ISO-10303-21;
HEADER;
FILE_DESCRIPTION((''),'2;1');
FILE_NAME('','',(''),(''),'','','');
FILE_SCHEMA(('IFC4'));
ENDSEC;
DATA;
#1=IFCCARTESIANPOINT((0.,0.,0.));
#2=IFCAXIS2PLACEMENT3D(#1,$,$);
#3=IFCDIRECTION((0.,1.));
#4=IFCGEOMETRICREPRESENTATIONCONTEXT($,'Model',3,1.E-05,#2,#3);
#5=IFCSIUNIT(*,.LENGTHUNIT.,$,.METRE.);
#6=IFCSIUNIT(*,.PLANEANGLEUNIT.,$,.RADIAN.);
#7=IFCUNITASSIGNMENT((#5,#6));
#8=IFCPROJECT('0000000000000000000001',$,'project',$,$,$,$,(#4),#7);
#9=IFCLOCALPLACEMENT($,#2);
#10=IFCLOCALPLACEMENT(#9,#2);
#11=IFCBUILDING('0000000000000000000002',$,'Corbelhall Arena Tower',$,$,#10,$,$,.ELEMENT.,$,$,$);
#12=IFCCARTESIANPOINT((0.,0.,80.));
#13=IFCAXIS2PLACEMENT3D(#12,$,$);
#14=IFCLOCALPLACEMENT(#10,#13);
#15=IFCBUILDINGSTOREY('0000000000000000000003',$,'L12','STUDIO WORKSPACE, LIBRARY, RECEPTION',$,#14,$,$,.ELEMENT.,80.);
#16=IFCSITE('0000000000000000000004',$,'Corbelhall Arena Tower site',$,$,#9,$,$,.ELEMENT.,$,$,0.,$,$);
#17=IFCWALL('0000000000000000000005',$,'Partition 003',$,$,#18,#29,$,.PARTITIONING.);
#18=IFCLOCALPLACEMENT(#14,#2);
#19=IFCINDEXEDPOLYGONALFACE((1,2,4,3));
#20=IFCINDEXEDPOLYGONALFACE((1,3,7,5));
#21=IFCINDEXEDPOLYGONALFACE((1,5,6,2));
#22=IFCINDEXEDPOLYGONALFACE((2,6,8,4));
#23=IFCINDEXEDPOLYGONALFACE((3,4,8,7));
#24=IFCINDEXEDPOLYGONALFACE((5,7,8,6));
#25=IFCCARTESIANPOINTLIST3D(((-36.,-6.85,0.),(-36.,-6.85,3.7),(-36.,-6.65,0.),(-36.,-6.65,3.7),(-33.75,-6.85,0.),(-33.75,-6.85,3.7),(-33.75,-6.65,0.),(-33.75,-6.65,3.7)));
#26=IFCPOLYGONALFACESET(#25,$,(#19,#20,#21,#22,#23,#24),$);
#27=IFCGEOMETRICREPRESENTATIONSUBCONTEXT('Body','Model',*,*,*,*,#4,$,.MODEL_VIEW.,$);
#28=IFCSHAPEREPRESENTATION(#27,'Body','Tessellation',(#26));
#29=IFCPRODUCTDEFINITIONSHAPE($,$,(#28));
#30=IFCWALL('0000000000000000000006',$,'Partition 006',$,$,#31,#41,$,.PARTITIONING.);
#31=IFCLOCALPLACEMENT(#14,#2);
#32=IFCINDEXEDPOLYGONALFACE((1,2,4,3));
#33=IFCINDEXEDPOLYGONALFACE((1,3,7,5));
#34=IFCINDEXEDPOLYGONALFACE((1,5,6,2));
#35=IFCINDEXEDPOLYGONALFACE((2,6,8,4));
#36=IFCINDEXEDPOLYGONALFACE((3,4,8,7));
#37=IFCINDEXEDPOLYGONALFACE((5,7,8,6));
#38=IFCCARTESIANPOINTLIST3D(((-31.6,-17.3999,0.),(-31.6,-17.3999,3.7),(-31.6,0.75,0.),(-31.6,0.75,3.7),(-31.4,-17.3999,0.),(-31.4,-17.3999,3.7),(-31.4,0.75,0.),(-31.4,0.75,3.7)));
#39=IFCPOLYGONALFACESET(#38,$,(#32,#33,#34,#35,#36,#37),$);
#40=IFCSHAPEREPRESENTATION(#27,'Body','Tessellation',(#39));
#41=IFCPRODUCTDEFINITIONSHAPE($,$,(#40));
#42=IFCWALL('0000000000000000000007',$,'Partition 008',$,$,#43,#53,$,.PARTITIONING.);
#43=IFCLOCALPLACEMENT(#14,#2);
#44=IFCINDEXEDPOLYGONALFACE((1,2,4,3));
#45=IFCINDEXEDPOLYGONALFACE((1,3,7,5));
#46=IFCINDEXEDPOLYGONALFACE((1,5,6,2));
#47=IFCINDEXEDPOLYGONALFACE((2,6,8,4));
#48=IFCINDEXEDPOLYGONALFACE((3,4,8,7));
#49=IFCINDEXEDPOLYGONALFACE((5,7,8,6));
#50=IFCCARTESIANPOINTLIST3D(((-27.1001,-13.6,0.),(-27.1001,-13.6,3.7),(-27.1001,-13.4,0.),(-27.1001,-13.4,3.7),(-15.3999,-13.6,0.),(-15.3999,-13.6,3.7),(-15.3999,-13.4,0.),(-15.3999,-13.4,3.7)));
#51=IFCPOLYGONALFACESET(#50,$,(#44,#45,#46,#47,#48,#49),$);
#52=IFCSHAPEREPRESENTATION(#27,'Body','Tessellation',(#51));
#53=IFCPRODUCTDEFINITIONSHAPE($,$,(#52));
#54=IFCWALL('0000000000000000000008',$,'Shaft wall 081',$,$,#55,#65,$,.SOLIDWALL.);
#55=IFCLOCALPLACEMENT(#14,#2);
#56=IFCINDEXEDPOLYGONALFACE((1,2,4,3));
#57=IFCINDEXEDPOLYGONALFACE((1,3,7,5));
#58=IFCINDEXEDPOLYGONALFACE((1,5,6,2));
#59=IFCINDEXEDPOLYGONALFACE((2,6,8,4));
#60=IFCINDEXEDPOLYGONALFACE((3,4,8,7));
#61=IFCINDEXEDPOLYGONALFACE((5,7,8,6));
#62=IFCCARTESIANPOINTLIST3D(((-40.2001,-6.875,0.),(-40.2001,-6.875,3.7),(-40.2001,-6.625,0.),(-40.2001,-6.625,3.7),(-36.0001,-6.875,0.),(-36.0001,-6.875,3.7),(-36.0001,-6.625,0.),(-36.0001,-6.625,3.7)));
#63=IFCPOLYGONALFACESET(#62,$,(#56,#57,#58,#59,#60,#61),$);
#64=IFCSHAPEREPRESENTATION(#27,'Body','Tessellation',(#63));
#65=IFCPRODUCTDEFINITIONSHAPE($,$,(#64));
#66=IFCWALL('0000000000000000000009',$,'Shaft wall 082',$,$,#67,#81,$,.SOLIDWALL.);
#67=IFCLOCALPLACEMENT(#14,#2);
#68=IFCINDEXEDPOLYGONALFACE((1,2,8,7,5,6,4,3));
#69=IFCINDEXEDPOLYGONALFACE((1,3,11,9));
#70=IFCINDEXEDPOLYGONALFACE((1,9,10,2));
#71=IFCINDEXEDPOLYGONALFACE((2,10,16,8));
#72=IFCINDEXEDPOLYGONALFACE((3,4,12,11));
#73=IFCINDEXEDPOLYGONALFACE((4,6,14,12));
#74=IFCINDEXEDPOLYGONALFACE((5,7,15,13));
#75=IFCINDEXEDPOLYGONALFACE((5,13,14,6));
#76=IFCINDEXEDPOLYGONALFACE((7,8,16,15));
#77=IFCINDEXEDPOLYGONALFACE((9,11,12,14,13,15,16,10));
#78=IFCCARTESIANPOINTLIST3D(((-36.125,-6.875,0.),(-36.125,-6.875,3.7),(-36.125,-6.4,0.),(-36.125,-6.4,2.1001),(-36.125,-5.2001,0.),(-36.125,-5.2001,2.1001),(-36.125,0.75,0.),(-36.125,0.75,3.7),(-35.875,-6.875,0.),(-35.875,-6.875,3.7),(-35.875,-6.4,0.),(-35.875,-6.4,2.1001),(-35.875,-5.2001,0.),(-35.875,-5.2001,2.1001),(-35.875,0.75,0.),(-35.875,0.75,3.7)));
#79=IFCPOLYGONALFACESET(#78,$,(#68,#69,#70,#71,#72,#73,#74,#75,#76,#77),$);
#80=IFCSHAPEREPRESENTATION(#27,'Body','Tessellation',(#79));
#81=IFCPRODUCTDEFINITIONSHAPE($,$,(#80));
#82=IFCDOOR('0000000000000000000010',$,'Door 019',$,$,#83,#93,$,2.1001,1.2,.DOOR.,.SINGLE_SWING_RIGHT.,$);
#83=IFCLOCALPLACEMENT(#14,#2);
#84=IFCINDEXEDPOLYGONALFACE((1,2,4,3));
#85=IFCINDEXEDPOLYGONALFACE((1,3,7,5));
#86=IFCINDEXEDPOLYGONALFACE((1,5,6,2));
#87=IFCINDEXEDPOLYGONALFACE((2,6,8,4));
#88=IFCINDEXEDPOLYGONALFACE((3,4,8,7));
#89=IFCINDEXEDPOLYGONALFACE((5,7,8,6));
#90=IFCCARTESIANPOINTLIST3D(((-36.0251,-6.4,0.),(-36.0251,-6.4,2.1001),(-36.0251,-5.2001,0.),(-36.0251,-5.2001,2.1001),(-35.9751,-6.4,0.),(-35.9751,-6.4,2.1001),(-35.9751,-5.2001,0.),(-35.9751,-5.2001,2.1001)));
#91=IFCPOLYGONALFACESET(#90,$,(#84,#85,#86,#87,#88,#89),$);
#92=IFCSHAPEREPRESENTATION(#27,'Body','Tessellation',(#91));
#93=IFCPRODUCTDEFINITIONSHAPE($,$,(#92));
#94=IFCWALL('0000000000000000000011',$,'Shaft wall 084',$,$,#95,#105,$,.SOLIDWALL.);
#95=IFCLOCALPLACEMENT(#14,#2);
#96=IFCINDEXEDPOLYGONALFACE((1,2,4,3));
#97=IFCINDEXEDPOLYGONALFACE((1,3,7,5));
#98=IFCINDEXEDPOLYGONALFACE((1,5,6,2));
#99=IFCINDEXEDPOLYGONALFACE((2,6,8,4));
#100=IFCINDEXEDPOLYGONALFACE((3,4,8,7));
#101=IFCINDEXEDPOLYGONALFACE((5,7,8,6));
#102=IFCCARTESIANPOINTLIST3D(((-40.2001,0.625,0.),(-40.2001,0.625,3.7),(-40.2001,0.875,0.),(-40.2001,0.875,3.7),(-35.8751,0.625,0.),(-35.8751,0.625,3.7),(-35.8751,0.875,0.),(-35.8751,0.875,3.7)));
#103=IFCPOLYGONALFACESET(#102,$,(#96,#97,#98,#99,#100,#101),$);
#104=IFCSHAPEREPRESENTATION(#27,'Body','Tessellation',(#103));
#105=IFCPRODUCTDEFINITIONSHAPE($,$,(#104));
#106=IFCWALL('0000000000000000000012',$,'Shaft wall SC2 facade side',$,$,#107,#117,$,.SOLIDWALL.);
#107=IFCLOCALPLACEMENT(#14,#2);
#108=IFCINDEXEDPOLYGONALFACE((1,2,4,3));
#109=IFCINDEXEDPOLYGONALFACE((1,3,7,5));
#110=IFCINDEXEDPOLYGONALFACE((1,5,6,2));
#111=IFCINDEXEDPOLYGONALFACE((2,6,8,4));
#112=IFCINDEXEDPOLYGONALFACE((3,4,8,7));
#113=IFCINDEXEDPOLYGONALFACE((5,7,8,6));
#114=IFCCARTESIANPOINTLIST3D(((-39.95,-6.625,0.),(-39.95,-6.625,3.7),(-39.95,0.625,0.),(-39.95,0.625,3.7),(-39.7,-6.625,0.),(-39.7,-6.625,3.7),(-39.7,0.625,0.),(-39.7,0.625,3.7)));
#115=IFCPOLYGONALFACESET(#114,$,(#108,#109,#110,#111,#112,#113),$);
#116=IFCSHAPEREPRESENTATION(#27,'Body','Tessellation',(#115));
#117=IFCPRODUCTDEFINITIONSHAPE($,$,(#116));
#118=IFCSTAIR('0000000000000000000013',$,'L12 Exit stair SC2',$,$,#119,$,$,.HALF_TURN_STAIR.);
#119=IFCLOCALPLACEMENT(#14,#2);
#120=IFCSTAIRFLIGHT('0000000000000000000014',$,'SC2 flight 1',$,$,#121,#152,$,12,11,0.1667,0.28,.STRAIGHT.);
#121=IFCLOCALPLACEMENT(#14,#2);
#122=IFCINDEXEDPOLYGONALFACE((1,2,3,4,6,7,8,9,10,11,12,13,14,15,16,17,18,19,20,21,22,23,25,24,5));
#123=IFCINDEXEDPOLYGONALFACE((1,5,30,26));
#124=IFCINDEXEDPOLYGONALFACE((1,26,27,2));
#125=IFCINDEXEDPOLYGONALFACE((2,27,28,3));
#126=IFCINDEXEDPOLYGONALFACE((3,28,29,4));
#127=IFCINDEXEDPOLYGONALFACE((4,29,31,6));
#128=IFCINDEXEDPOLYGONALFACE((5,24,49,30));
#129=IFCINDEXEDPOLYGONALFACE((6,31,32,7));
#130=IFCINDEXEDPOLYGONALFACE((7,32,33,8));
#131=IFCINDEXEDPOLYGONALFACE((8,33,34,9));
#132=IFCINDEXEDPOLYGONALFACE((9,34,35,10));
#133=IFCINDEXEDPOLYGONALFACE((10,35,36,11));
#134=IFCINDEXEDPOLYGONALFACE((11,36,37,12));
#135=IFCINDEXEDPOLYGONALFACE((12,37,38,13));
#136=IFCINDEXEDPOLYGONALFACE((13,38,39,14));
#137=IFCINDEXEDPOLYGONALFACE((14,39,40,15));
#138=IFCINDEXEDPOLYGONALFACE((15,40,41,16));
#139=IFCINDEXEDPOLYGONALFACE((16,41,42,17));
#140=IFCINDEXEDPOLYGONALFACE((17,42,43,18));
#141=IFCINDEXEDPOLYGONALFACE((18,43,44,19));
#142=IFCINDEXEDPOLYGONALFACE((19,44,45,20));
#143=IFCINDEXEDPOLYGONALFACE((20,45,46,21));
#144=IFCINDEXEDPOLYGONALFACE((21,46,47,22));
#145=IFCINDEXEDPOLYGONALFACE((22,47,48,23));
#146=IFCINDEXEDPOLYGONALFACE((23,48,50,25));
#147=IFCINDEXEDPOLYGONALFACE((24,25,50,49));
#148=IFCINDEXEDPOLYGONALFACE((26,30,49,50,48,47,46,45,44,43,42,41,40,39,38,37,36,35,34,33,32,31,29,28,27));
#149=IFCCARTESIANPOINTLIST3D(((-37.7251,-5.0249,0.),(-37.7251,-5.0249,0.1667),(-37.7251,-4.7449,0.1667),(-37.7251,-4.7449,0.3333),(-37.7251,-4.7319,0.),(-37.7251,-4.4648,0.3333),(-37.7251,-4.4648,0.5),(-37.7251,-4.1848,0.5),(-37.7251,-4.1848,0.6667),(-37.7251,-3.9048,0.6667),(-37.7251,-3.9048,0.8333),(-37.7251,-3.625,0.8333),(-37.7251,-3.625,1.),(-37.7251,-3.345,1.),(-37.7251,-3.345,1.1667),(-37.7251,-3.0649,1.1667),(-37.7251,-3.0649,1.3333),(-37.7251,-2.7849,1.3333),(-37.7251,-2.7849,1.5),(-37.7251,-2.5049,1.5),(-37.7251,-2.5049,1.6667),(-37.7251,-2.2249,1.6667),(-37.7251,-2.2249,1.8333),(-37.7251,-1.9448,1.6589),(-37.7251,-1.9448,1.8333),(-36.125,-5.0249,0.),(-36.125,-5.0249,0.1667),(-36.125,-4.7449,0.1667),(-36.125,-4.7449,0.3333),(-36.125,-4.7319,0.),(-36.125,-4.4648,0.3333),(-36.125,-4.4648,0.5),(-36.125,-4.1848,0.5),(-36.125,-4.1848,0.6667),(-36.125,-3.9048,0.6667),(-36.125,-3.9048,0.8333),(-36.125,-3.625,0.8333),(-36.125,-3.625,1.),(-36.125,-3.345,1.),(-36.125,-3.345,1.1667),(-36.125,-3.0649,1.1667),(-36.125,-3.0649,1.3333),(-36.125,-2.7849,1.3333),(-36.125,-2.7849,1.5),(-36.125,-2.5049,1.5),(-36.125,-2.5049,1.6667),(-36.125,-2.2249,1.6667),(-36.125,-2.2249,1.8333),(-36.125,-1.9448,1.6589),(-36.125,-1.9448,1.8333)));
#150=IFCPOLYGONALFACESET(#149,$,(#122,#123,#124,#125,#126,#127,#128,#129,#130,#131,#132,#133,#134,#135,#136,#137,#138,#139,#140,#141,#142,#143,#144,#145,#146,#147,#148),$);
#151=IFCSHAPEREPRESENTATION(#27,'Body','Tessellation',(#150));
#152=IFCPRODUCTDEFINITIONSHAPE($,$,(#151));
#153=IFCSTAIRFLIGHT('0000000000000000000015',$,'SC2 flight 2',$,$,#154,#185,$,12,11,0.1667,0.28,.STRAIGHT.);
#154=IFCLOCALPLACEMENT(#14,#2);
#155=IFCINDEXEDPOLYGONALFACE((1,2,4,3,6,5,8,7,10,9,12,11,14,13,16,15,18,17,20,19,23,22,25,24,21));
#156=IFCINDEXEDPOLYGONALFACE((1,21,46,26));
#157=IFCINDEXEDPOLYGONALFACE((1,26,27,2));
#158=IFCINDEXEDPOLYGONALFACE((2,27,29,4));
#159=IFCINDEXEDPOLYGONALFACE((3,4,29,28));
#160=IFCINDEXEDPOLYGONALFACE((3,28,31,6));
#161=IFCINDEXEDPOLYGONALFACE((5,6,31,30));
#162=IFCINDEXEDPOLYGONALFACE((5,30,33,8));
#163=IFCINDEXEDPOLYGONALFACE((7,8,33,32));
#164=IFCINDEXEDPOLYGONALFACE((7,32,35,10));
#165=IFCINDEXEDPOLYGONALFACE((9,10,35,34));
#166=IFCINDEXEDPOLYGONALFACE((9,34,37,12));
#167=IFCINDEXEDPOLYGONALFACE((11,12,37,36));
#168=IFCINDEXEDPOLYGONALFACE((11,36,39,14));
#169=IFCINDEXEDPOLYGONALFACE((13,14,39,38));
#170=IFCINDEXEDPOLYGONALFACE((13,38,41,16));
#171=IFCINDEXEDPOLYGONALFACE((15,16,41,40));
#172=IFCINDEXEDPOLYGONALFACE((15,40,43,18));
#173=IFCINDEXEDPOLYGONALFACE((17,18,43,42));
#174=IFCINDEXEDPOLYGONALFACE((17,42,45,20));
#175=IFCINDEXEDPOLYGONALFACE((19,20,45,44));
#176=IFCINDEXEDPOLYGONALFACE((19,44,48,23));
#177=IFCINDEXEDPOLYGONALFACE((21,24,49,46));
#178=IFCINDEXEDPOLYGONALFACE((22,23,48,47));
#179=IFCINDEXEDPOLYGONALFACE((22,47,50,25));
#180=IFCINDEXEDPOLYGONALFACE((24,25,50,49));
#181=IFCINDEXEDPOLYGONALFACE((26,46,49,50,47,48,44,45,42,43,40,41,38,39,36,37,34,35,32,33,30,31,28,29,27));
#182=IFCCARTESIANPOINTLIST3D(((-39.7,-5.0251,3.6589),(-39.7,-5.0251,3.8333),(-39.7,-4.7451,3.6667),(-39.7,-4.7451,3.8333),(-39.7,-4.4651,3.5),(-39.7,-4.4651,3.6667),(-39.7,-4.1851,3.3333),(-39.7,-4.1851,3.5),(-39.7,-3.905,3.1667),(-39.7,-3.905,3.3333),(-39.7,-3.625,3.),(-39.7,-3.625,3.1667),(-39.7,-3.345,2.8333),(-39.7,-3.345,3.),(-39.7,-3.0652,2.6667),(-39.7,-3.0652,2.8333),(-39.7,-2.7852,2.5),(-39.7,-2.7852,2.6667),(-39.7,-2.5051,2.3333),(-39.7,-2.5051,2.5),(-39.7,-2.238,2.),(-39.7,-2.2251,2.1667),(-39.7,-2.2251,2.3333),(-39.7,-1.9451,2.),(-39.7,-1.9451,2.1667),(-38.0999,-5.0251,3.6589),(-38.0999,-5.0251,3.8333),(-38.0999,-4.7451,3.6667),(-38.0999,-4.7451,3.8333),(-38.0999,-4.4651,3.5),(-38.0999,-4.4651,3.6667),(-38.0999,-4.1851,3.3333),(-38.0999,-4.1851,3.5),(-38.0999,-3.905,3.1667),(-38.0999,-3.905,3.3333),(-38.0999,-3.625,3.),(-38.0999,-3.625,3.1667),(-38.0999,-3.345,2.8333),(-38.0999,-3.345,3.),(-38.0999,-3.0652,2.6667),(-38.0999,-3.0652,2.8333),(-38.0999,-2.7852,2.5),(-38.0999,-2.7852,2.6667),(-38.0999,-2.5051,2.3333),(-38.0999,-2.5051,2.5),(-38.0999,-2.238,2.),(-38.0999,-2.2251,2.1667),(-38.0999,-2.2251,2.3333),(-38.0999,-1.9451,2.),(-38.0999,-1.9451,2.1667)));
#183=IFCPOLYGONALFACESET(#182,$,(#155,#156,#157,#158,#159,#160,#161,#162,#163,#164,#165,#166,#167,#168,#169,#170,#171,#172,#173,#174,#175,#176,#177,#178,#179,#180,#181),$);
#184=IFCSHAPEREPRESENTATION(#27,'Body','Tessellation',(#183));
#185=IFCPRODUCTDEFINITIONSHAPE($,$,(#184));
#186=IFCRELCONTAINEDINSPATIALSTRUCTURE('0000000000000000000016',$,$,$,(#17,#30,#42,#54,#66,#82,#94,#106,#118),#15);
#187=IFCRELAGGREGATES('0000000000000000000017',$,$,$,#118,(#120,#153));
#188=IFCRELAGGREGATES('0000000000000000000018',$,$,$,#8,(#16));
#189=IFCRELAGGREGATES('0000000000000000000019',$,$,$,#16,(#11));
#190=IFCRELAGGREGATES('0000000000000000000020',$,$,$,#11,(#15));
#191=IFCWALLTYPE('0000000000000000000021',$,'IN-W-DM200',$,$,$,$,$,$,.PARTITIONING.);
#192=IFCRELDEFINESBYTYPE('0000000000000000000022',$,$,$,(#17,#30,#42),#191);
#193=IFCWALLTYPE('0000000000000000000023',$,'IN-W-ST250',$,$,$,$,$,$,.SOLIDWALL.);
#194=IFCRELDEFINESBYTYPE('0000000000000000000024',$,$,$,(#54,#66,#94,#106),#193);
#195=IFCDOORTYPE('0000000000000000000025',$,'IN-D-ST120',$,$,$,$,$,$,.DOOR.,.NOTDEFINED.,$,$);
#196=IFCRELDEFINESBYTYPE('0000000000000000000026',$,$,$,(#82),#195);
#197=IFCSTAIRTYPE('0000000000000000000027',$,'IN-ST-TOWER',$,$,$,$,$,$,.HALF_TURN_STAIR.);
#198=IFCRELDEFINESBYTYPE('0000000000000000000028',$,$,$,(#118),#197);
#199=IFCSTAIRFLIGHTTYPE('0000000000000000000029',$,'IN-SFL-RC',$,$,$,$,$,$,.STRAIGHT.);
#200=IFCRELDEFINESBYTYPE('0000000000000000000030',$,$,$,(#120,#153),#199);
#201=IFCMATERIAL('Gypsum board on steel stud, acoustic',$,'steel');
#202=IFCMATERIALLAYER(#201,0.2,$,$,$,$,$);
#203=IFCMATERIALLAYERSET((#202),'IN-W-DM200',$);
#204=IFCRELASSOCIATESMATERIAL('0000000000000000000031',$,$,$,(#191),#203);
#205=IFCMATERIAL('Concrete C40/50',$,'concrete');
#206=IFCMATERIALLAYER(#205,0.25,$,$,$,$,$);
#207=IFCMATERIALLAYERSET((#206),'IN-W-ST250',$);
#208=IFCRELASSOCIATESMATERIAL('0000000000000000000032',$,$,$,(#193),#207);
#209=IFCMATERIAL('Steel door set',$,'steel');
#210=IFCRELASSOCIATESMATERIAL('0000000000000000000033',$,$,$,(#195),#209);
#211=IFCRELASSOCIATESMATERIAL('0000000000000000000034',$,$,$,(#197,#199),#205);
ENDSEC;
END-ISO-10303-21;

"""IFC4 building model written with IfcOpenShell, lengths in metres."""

from ifc_helpers import new_model, si_unit, direction, frame, frame_2d, origin, place, context, subcontext, project, spatial, polyline, rectangle, outline, extrude, material, layer, layer_set, type_object, element, fill, aggregate, save


model = new_model("IFC4")

# Units and contexts
model_context = context("Model", 3, precision=1e-05, world=origin(), true_north=direction((0.0, 1.0)))
body_context = subcontext(model_context, "Body", "Model", "MODEL_VIEW")
ifc_project = project(units=[si_unit("LENGTHUNIT", "METRE"), si_unit("PLANEANGLEUNIT", "RADIAN")], contexts=[model_context])

# Site, building, storey
site_placement = place(None, origin())
site = spatial("IfcSite", under=ifc_project, at=site_placement, Name="Corbelhall Arena Tower site", CompositionType="ELEMENT", RefElevation=0.0)
building_placement = place(site_placement, origin())
building = spatial("IfcBuilding", under=site, at=building_placement, Name="Corbelhall Arena Tower", CompositionType="ELEMENT")
storey_placement = place(building_placement, frame((0.0, 0.0, 80.0)))
storey = spatial("IfcBuildingStorey", under=building, at=storey_placement, Name="L12", Description="STUDIO WORKSPACE, LIBRARY, RECEPTION", CompositionType="ELEMENT", Elevation=80.0)

# Wall
ifc_material_1 = material(Name="Gypsum board on steel stud, acoustic", Category="steel")
ifc_layer_1 = layer(ifc_material_1, 0.2)
ifc_layer_set_1 = layer_set([ifc_layer_1], Name="IN-W-DM200")
wall_type_1 = type_object("IfcWallType", Name="IN-W-DM200", PredefinedType="PARTITIONING", material=ifc_layer_set_1)
wall_1_placement = place(storey_placement, frame((-33.75, -6.75, 0.0), z_axis=(0.0, 0.0, 1.0), x_axis=(-1.0, 0.0, 0.0)))
element("IfcWall", 1, at=wall_1_placement, inside=storey, type_object=wall_type_1, Name="Partition 003", PredefinedType="PARTITIONING", context=body_context, shape_type="SweptSolid", body=[
    extrude(rectangle(XDim=2.25, YDim=0.2, at=frame_2d((1.125, 0.0))), origin(), (0.0, 0.0, 1.0), 3.7),
])

# Shared definitions
ifc_material_2 = material(Name="Steel door set", Category="steel")

# Walls
wall_2_placement = place(storey_placement, frame((-31.5, 0.75, 0.0), z_axis=(0.0, 0.0, 1.0), x_axis=(0.0, -1.0, 0.0)))
element("IfcWall", 2, at=wall_2_placement, inside=storey, type_object=wall_type_1, Name="Partition 006", PredefinedType="PARTITIONING", context=body_context, shape_type="SweptSolid", body=[
    extrude(rectangle(XDim=18.1499, YDim=0.2, at=frame_2d((9.075, 0.0))), origin(), (0.0, 0.0, 1.0), 3.7),
])
wall_3_placement = place(storey_placement, frame((-27.1001, -13.5, 0.0), z_axis=(0.0, 0.0, 1.0), x_axis=(1.0, 0.0, 0.0)))
element("IfcWall", 3, at=wall_3_placement, inside=storey, type_object=wall_type_1, Name="Partition 008", PredefinedType="PARTITIONING", context=body_context, shape_type="SweptSolid", body=[
    extrude(rectangle(XDim=11.7002, YDim=0.2, at=frame_2d((5.8501, 0.0))), origin(), (0.0, 0.0, 1.0), 3.7),
])
ifc_material_3 = material(Name="Concrete C40/50", Category="concrete")
ifc_layer_2 = layer(ifc_material_3, 0.25)
ifc_layer_set_2 = layer_set([ifc_layer_2], Name="IN-W-ST250")
wall_type_2 = type_object("IfcWallType", Name="IN-W-ST250", PredefinedType="SOLIDWALL", material=ifc_layer_set_2)
wall_4_placement = place(storey_placement, frame((-36.0, -6.75, 0.0), z_axis=(0.0, 0.0, 1.0), x_axis=(-1.0, 0.0, 0.0)))
element("IfcWall", 4, at=wall_4_placement, inside=storey, type_object=wall_type_2, Name="Shaft wall 081", PredefinedType="SOLIDWALL", context=body_context, shape_type="SweptSolid", body=[
    extrude(rectangle(XDim=4.2, YDim=0.25, at=frame_2d((2.1001, 0.0))), origin(), (0.0, 0.0, 1.0), 3.7),
])

# Wall, opening, door
wall_5_placement = place(storey_placement, frame((-36.0, 0.75, 0.0), z_axis=(0.0, 0.0, 1.0), x_axis=(0.0, -1.0, 0.0)))
wall_5 = element("IfcWall", 5, at=wall_5_placement, inside=storey, type_object=wall_type_2, Name="Shaft wall 082", PredefinedType="SOLIDWALL", context=body_context, shape_type="SweptSolid", body=[
    extrude(rectangle(XDim=7.625, YDim=0.25, at=frame_2d((3.8125, 0.0))), origin(), (0.0, 0.0, 1.0), 3.7),
])
opening_1_placement = place(wall_5_placement, frame((5.95, 0.0, 0.0)))
opening_1 = element("IfcOpeningElement", 6, at=opening_1_placement, cuts=wall_5, PredefinedType="OPENING", context=body_context, shape_type="SweptSolid", body=[
    extrude(rectangle(XDim=1.2, YDim=2.1001, at=frame_2d((0.6001, 1.05))), frame((0.0, 0.125, 0.0), z_axis=(0.0, -1.0, 0.0), x_axis=(1.0, 0.0, 0.0)), (0.0, 0.0, 1.0), 0.25),
])
door_type_1 = type_object("IfcDoorType", Name="IN-D-ST120", OperationType="NOTDEFINED", PredefinedType="DOOR", material=ifc_material_2)
door_1_placement = place(opening_1_placement, origin())
door_1 = element("IfcDoor", 7, at=door_1_placement, inside=storey, type_object=door_type_1, Name="Door 019", OperationType="SINGLE_SWING_RIGHT", OverallHeight=2.1001, OverallWidth=1.2, PredefinedType="DOOR", context=body_context, shape_type="SweptSolid", body=[
    extrude(rectangle(XDim=1.2, YDim=2.1001, at=frame_2d((0.6001, 1.05))), frame((0.0, 0.0249, 0.0), z_axis=(0.0, -1.0, 0.0), x_axis=(1.0, 0.0, 0.0)), (0.0, 0.0, 1.0), 0.05),
])
fill(opening_1, door_1)

# Walls
wall_6_placement = place(storey_placement, frame((-35.875, 0.75, 0.0), z_axis=(0.0, 0.0, 1.0), x_axis=(-1.0, 0.0, 0.0)))
element("IfcWall", 8, at=wall_6_placement, inside=storey, type_object=wall_type_2, Name="Shaft wall 084", PredefinedType="SOLIDWALL", context=body_context, shape_type="SweptSolid", body=[
    extrude(rectangle(XDim=4.325, YDim=0.25, at=frame_2d((2.1626, 0.0))), origin(), (0.0, 0.0, 1.0), 3.7),
])
wall_7_placement = place(storey_placement, frame((-39.825, -6.625, 0.0), z_axis=(0.0, 0.0, 1.0), x_axis=(0.0, 1.0, 0.0)))
element("IfcWall", 9, at=wall_7_placement, inside=storey, type_object=wall_type_2, Name="Shaft wall SC2 facade side", PredefinedType="SOLIDWALL", context=body_context, shape_type="SweptSolid", body=[
    extrude(rectangle(XDim=7.25, YDim=0.25, at=frame_2d((3.625, 0.0))), origin(), (0.0, 0.0, 1.0), 3.7),
])

# Stair, stair flights
stair_type = type_object("IfcStairType", Name="IN-ST-TOWER", PredefinedType="HALF_TURN_STAIR", material=ifc_material_3)
stair_placement = place(storey_placement, origin())
stair = element("IfcStair", 10, at=stair_placement, inside=storey, type_object=stair_type, Name="L12 Exit stair SC2", PredefinedType="HALF_TURN_STAIR")
stair_flight_type = type_object("IfcStairFlightType", Name="IN-SFL-RC", PredefinedType="STRAIGHT", material=ifc_material_3)
stair_flight_1_placement = place(storey_placement, frame((-36.925, -5.0249, 0.0), z_axis=(0.0, 0.0, 1.0), x_axis=(0.0, 1.0, 0.0)))
stair_flight_1 = element("IfcStairFlight", 11, at=stair_flight_1_placement, type_object=stair_flight_type, Name="SC2 flight 1", NumberOfRisers=12, NumberOfTreads=11, PredefinedType="STRAIGHT", RiserHeight=0.1667, TreadLength=0.28, context=body_context, shape_type="SweptSolid", body=[
    extrude(outline(polyline([(0.0, 0.0), (0.0, 0.1667), (0.28, 0.1667), (0.28, 0.3333), (0.5601, 0.3333), (0.5601, 0.5), (0.8401, 0.5), (0.8401, 0.6667), (1.1201, 0.6667), (1.1201, 0.8333), (1.3999, 0.8333), (1.3999, 1.0), (1.6799, 1.0), (1.6799, 1.1667), (1.96, 1.1667), (1.96, 1.3333), (2.24, 1.3333), (2.24, 1.5), (2.52, 1.5), (2.52, 1.6667), (2.8, 1.6667), (2.8, 1.8333), (3.0801, 1.8333), (3.0801, 2.0), (3.0801, 1.6589), (0.293, 0.0), (0.0, 0.0)])), frame((0.0, 0.8, 0.0), z_axis=(0.0, -1.0, 0.0), x_axis=(1.0, 0.0, 0.0)), (0.0, 0.0, 1.0), 1.6001),
])
stair_flight_2_placement = place(storey_placement, frame((-38.8999, -1.9451, 2.0), z_axis=(0.0, 0.0, 1.0), x_axis=(0.0, -1.0, 0.0)))
stair_flight_2 = element("IfcStairFlight", 12, at=stair_flight_2_placement, type_object=stair_flight_type, Name="SC2 flight 2", NumberOfRisers=12, NumberOfTreads=11, PredefinedType="STRAIGHT", RiserHeight=0.1667, TreadLength=0.28, context=body_context, shape_type="SweptSolid", body=[
    extrude(outline(polyline([(0.0, 0.0), (0.0, 0.1667), (0.28, 0.1667), (0.28, 0.3333), (0.5601, 0.3333), (0.5601, 0.5), (0.8401, 0.5), (0.8401, 0.6667), (1.1201, 0.6667), (1.1201, 0.8333), (1.3999, 0.8333), (1.3999, 1.0), (1.6799, 1.0), (1.6799, 1.1667), (1.96, 1.1667), (1.96, 1.3333), (2.24, 1.3333), (2.24, 1.5), (2.52, 1.5), (2.52, 1.6667), (2.8, 1.6667), (2.8, 1.8333), (3.0801, 1.8333), (3.0801, 2.0), (3.0801, 1.6589), (0.293, 0.0), (0.0, 0.0)])), frame((0.0, 0.8, 0.0), z_axis=(0.0, -1.0, 0.0), x_axis=(1.0, 0.0, 0.0)), (0.0, 0.0, 1.0), 1.6001),
])
aggregate(stair, [stair_flight_1, stair_flight_2])

save(model, "model.ifc")
